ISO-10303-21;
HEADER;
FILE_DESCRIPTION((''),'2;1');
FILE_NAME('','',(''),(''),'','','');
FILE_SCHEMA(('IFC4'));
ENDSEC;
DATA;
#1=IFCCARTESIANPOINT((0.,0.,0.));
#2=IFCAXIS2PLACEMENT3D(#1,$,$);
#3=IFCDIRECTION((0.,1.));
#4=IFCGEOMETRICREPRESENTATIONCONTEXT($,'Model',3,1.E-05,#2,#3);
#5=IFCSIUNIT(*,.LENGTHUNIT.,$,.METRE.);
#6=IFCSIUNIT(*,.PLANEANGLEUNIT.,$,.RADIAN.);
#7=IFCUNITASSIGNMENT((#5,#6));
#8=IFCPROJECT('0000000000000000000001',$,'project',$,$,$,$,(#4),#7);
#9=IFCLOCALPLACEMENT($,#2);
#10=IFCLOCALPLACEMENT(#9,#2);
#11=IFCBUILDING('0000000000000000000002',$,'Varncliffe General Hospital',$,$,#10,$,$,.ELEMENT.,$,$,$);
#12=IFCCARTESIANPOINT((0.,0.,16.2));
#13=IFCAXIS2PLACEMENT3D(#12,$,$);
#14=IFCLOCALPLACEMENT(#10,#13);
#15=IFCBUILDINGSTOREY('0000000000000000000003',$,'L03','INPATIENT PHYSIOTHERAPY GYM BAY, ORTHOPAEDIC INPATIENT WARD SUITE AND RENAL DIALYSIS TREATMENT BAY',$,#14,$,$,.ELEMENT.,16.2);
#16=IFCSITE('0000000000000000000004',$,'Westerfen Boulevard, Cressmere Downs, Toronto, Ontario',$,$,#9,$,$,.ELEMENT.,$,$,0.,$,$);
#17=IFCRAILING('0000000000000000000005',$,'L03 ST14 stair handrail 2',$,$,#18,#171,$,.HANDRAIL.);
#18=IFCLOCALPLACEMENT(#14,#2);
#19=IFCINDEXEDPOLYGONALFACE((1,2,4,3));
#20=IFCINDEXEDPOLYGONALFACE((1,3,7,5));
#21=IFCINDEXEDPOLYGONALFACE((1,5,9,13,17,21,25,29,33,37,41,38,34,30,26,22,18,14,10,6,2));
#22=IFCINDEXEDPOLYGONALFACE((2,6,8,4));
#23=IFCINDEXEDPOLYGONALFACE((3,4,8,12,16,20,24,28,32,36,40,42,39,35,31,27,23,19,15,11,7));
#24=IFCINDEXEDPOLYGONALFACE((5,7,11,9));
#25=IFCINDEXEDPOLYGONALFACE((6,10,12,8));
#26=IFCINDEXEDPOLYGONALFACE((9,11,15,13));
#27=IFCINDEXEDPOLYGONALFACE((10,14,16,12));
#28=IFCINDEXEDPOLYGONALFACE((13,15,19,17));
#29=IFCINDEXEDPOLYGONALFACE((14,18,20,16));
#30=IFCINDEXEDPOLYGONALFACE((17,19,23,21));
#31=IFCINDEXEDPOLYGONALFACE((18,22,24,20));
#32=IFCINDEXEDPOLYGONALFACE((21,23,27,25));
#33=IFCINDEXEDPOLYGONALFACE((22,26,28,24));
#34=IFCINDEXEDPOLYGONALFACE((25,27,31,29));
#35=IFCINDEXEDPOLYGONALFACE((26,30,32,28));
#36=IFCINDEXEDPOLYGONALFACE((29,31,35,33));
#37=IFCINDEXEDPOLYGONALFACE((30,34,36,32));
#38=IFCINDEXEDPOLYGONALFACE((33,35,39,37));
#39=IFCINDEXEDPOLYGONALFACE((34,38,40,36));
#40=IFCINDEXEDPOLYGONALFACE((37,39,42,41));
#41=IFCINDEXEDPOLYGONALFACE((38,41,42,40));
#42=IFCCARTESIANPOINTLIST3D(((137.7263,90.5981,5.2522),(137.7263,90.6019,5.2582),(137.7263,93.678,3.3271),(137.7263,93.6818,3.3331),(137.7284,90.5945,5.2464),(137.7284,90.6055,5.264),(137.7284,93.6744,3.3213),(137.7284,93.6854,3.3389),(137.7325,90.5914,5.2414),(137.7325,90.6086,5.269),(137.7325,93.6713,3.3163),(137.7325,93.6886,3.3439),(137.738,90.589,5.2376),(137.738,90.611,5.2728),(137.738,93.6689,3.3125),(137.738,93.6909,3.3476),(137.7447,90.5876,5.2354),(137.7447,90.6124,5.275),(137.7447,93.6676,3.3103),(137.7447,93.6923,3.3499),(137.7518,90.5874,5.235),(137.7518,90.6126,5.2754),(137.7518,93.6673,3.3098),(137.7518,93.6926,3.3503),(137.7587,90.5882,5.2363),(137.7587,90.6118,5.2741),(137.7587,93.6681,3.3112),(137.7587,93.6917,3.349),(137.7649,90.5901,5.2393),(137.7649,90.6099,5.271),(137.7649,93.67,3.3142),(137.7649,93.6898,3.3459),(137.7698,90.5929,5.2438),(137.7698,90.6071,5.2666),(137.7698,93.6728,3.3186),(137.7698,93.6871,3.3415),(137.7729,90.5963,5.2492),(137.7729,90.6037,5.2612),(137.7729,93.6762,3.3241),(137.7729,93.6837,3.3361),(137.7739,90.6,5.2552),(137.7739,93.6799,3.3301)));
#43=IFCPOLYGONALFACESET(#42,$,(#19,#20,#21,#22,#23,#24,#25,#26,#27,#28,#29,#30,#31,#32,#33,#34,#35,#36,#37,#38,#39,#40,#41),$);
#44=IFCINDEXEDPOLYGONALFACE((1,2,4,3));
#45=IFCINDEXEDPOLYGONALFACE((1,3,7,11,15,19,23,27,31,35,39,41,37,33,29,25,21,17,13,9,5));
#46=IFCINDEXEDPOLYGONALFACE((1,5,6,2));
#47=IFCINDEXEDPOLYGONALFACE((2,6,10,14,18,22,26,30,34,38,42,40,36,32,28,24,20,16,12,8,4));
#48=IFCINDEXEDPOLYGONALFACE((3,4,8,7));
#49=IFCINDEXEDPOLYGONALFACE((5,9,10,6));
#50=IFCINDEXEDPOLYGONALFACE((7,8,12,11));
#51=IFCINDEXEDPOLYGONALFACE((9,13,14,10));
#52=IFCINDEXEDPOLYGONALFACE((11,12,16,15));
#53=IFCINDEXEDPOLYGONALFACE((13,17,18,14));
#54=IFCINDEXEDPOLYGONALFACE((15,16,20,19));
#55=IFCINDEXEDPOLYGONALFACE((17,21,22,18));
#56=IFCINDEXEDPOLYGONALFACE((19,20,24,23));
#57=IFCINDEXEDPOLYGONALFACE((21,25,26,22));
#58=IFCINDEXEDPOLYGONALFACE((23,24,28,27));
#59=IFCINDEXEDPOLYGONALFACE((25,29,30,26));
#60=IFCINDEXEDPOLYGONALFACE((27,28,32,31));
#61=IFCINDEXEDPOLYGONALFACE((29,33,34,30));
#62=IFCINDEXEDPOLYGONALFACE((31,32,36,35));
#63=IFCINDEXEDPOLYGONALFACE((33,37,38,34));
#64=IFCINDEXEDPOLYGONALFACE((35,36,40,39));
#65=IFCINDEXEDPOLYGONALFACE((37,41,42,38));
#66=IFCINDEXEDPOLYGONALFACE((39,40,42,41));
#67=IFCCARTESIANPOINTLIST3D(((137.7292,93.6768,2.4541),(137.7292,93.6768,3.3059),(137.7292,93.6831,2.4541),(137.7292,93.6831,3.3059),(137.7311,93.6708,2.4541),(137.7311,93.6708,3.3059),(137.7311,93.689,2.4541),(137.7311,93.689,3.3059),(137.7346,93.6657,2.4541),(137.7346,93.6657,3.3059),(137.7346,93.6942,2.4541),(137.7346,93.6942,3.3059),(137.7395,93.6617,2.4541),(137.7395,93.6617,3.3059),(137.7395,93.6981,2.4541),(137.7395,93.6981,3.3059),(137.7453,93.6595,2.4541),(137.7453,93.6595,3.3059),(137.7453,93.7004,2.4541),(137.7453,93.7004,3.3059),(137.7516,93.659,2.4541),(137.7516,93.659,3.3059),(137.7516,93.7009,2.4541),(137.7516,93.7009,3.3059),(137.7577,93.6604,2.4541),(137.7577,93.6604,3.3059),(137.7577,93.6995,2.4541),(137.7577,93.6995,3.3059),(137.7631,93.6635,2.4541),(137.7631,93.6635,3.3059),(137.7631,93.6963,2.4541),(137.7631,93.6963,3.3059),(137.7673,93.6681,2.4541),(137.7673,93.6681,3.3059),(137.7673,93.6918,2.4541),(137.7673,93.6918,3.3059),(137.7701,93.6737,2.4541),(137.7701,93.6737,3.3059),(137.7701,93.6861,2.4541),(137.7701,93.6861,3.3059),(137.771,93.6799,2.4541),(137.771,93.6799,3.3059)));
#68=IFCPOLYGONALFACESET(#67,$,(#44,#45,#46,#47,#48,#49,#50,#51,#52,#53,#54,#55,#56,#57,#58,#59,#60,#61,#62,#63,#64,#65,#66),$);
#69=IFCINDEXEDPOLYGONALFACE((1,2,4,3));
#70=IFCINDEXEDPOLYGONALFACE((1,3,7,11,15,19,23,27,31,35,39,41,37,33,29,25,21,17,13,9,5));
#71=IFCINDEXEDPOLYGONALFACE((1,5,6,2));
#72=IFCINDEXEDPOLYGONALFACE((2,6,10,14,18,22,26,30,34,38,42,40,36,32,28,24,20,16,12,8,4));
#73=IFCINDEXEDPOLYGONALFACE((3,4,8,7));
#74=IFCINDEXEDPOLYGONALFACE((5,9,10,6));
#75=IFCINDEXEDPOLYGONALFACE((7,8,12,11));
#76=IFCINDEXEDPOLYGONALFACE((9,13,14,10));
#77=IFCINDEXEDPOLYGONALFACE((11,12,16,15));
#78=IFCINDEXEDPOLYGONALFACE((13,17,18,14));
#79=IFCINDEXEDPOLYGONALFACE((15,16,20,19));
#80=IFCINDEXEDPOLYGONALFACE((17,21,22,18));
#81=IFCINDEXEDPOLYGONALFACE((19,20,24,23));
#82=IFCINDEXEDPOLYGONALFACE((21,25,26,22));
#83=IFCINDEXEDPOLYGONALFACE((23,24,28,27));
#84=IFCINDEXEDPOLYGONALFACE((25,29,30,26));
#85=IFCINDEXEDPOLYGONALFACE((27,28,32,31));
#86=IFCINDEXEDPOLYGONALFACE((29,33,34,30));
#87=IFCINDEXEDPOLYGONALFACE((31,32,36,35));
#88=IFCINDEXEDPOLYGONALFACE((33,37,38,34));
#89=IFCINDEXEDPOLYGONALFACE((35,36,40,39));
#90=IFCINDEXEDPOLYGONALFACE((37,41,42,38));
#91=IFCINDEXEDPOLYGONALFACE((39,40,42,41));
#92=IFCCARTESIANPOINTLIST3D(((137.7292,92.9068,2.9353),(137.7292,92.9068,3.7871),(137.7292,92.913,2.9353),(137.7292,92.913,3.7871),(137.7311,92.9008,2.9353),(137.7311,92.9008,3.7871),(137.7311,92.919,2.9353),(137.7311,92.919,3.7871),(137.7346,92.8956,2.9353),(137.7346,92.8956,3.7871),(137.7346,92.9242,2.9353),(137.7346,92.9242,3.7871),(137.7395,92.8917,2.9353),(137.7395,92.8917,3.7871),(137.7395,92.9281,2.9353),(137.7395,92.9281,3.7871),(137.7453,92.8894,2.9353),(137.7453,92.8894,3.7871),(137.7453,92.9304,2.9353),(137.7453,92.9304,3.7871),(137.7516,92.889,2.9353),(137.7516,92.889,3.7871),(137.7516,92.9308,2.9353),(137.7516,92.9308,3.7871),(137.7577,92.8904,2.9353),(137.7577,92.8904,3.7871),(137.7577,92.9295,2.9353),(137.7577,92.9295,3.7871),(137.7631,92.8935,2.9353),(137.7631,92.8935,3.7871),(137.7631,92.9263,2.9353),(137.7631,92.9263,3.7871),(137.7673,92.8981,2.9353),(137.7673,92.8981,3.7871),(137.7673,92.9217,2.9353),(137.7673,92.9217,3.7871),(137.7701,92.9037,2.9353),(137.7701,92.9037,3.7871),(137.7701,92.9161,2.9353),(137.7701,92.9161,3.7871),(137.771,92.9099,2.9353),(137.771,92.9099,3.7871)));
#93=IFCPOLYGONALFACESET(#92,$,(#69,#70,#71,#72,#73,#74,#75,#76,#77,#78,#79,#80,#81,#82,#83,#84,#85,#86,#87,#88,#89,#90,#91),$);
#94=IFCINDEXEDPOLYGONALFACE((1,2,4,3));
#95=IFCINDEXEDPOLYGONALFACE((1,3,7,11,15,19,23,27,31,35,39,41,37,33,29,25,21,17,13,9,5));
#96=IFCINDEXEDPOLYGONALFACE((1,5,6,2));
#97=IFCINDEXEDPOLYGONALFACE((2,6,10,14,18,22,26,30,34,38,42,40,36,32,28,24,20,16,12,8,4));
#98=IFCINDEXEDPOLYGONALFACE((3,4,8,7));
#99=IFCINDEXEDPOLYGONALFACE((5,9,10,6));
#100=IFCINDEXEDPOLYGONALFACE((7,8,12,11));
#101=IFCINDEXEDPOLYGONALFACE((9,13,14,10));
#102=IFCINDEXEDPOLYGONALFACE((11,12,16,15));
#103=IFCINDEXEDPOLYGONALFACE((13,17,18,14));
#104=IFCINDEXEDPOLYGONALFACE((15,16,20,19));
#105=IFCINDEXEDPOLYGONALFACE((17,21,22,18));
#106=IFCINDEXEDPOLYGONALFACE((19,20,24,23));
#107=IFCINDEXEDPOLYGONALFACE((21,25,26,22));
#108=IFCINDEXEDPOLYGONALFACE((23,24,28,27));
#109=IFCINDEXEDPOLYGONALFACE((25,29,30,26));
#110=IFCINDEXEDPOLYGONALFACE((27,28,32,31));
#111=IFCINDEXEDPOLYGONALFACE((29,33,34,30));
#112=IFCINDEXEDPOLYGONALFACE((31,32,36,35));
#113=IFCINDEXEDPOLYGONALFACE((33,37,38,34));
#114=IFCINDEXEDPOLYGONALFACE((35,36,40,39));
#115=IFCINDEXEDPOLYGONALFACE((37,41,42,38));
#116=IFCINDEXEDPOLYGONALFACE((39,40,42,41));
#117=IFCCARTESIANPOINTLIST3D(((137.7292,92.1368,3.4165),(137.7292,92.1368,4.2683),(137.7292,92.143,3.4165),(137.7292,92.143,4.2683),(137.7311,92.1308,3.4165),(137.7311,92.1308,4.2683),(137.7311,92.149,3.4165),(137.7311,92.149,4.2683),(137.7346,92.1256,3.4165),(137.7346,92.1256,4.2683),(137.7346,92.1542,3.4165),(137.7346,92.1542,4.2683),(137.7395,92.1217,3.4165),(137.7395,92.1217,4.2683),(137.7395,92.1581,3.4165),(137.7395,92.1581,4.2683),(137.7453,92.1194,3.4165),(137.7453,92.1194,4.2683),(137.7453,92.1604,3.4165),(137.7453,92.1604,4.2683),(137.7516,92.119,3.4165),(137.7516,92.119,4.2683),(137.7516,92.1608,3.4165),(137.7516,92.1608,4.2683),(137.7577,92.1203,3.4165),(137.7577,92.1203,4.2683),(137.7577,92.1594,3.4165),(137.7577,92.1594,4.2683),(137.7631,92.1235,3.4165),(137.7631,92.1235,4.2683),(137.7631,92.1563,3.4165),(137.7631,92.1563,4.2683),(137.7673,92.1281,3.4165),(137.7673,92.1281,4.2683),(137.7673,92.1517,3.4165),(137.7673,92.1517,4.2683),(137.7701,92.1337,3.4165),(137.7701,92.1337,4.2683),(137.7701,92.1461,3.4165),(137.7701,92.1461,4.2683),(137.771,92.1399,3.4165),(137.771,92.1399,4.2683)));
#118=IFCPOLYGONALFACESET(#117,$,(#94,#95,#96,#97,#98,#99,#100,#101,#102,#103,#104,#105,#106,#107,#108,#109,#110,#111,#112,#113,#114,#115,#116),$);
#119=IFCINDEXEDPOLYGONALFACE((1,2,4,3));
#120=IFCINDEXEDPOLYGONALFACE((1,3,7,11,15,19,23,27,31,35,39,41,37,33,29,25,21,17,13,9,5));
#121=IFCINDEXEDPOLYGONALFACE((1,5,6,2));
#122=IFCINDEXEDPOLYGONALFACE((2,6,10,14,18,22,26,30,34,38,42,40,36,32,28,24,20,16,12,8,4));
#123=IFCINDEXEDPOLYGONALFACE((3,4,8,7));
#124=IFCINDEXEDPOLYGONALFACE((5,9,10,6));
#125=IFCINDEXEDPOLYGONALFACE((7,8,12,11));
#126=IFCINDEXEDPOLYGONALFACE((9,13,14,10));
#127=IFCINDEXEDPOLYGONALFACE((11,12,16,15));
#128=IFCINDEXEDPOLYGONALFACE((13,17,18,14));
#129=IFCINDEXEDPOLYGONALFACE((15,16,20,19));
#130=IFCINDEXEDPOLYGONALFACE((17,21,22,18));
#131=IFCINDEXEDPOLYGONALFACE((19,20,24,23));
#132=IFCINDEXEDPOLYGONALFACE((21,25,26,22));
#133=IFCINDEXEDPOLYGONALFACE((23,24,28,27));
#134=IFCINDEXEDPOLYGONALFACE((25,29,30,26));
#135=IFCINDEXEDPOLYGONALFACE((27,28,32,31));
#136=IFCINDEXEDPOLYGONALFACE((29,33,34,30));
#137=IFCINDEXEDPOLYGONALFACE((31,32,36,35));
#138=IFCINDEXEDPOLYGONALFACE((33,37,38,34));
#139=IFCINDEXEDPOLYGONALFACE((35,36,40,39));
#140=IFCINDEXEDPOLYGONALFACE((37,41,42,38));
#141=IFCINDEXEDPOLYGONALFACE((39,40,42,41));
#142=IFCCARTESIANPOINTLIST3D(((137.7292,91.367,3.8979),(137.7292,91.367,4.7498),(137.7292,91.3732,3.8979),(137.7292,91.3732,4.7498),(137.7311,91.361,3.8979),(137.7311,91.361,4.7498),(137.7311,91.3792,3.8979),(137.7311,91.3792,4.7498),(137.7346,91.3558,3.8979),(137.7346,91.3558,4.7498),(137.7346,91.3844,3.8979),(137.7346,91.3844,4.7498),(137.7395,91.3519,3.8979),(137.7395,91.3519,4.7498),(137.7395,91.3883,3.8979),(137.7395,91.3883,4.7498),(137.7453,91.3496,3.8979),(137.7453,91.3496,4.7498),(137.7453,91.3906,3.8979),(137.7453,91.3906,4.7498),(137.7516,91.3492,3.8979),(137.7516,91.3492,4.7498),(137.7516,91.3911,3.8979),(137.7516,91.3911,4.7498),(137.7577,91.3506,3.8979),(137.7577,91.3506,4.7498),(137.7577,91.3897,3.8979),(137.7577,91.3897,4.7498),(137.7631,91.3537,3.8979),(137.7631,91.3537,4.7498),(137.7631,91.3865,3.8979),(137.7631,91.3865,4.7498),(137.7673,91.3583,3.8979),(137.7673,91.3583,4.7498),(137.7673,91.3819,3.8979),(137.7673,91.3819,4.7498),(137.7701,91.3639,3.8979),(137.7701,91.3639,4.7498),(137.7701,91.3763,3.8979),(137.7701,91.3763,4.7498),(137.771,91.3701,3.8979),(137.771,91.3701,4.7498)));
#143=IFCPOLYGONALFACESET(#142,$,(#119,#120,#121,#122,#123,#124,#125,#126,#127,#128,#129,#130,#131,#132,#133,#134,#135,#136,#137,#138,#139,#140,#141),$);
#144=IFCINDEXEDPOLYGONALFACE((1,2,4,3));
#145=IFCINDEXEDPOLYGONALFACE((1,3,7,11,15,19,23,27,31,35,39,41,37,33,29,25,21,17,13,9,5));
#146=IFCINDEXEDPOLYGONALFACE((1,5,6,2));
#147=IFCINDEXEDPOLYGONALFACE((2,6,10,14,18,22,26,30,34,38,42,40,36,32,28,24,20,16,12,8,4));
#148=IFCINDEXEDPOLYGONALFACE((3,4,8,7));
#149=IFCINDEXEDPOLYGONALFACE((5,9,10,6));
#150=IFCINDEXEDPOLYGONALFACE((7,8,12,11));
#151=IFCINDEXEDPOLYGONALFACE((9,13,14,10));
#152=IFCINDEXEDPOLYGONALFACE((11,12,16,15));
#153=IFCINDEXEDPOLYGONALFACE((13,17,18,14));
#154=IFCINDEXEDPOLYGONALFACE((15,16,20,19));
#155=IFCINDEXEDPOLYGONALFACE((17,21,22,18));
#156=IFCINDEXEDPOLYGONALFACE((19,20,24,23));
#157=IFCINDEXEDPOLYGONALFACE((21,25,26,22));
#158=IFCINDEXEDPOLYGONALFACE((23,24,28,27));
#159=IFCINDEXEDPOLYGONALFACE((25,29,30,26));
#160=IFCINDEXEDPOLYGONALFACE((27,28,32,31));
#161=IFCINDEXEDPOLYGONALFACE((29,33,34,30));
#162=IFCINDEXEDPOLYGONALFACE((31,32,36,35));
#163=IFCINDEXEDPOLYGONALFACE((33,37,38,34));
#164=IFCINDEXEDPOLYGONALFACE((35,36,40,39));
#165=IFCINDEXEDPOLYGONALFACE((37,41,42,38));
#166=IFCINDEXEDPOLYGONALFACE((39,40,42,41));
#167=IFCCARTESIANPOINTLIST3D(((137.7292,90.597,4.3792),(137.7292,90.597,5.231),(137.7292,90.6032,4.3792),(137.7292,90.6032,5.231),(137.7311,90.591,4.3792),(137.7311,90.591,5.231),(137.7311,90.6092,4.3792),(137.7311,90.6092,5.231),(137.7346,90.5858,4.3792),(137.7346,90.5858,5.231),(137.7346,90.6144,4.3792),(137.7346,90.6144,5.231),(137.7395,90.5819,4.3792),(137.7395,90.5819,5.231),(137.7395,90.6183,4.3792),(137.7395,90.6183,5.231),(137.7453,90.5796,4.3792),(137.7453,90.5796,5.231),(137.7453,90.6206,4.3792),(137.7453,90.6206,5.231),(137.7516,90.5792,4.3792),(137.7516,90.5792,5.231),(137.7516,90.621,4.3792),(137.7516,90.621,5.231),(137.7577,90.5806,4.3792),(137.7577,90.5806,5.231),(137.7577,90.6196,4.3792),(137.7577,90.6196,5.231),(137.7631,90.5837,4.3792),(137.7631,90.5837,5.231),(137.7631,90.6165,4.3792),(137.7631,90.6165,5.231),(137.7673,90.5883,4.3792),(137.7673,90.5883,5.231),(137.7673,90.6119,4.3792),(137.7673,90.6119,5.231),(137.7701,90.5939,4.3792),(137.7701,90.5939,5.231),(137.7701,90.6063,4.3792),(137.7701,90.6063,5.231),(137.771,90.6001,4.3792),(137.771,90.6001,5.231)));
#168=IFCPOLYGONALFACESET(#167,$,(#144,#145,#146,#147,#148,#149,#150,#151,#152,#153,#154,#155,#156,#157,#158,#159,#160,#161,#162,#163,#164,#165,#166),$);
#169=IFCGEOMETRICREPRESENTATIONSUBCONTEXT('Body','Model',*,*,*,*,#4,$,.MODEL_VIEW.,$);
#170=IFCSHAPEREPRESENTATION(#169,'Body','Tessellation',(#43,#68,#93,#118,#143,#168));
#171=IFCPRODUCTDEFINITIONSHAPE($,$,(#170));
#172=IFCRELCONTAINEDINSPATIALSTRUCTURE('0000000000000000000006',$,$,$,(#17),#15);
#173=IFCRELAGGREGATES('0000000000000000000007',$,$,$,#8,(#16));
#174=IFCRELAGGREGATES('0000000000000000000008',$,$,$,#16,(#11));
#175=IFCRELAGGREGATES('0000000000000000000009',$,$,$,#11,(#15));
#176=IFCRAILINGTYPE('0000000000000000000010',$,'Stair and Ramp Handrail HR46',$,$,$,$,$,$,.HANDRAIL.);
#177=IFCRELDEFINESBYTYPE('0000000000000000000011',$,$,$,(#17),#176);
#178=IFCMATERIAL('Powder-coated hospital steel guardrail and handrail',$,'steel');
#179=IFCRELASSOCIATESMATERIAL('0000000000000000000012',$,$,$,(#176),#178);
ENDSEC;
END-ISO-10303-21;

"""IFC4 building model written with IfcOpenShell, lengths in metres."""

from ifc_helpers import new_model, si_unit, direction, frame, origin, origin_2d, place, context, subcontext, project, spatial, circle, extrude, material, type_object, element, save


model = new_model("IFC4")

# Units and contexts
model_context = context("Model", 3, precision=1e-05, world=origin(), true_north=direction((0.0, 1.0)))
body_context = subcontext(model_context, "Body", "Model", "MODEL_VIEW")
ifc_project = project(units=[si_unit("LENGTHUNIT", "METRE"), si_unit("PLANEANGLEUNIT", "RADIAN")], contexts=[model_context])

# Site, building, storey
site_placement = place(None, origin())
site = spatial("IfcSite", under=ifc_project, at=site_placement, Name="Westerfen Boulevard, Cressmere Downs, Toronto, Ontario", CompositionType="ELEMENT", RefElevation=0.0)
building_placement = place(site_placement, origin())
building = spatial("IfcBuilding", under=site, at=building_placement, Name="Varncliffe General Hospital", CompositionType="ELEMENT")
storey_placement = place(building_placement, frame((0.0, 0.0, 16.2)))
storey = spatial("IfcBuildingStorey", under=building, at=storey_placement, Name="L03", Description="INPATIENT PHYSIOTHERAPY GYM BAY, ORTHOPAEDIC INPATIENT WARD SUITE AND RENAL DIALYSIS TREATMENT BAY", CompositionType="ELEMENT", Elevation=16.2)

# Railing
ifc_material_1 = material(Name="Powder-coated hospital steel guardrail and handrail", Category="steel")
railing_type_1 = type_object("IfcRailingType", Name="Stair and Ramp Handrail HR46", PredefinedType="HANDRAIL", material=ifc_material_1)
railing_1_placement = place(storey_placement, frame((137.75, 93.6799, 2.4541)))
element("IfcRailing", 1, at=railing_1_placement, inside=storey, type_object=railing_type_1, Name="L03 ST14 stair handrail 2", PredefinedType="HANDRAIL", context=body_context, shape_type="SweptSolid", body=[
    extrude(circle(Radius=0.0239, at=origin_2d()), frame((0.0, 0.0, 0.876), z_axis=(0.0, -0.847979, 0.530029), x_axis=(1.0, 0.0, 0.0)), (0.0, 0.0, 1.0), 3.6321),
    extrude(circle(Radius=0.021, at=origin_2d()), origin(), (0.0, 0.0, 1.0), 0.8518),
    extrude(circle(Radius=0.021, at=origin_2d()), frame((0.0, -0.77, 0.4812)), (0.0, 0.0, 1.0), 0.8518),
    extrude(circle(Radius=0.021, at=origin_2d()), frame((0.0, -1.54, 0.9624)), (0.0, 0.0, 1.0), 0.8518),
    extrude(circle(Radius=0.021, at=origin_2d()), frame((0.0, -2.3098, 1.4438)), (0.0, 0.0, 1.0), 0.8518),
    extrude(circle(Radius=0.021, at=origin_2d()), frame((0.0, -3.0798, 1.925)), (0.0, 0.0, 1.0), 0.8518),
])

save(model, "model.ifc")
